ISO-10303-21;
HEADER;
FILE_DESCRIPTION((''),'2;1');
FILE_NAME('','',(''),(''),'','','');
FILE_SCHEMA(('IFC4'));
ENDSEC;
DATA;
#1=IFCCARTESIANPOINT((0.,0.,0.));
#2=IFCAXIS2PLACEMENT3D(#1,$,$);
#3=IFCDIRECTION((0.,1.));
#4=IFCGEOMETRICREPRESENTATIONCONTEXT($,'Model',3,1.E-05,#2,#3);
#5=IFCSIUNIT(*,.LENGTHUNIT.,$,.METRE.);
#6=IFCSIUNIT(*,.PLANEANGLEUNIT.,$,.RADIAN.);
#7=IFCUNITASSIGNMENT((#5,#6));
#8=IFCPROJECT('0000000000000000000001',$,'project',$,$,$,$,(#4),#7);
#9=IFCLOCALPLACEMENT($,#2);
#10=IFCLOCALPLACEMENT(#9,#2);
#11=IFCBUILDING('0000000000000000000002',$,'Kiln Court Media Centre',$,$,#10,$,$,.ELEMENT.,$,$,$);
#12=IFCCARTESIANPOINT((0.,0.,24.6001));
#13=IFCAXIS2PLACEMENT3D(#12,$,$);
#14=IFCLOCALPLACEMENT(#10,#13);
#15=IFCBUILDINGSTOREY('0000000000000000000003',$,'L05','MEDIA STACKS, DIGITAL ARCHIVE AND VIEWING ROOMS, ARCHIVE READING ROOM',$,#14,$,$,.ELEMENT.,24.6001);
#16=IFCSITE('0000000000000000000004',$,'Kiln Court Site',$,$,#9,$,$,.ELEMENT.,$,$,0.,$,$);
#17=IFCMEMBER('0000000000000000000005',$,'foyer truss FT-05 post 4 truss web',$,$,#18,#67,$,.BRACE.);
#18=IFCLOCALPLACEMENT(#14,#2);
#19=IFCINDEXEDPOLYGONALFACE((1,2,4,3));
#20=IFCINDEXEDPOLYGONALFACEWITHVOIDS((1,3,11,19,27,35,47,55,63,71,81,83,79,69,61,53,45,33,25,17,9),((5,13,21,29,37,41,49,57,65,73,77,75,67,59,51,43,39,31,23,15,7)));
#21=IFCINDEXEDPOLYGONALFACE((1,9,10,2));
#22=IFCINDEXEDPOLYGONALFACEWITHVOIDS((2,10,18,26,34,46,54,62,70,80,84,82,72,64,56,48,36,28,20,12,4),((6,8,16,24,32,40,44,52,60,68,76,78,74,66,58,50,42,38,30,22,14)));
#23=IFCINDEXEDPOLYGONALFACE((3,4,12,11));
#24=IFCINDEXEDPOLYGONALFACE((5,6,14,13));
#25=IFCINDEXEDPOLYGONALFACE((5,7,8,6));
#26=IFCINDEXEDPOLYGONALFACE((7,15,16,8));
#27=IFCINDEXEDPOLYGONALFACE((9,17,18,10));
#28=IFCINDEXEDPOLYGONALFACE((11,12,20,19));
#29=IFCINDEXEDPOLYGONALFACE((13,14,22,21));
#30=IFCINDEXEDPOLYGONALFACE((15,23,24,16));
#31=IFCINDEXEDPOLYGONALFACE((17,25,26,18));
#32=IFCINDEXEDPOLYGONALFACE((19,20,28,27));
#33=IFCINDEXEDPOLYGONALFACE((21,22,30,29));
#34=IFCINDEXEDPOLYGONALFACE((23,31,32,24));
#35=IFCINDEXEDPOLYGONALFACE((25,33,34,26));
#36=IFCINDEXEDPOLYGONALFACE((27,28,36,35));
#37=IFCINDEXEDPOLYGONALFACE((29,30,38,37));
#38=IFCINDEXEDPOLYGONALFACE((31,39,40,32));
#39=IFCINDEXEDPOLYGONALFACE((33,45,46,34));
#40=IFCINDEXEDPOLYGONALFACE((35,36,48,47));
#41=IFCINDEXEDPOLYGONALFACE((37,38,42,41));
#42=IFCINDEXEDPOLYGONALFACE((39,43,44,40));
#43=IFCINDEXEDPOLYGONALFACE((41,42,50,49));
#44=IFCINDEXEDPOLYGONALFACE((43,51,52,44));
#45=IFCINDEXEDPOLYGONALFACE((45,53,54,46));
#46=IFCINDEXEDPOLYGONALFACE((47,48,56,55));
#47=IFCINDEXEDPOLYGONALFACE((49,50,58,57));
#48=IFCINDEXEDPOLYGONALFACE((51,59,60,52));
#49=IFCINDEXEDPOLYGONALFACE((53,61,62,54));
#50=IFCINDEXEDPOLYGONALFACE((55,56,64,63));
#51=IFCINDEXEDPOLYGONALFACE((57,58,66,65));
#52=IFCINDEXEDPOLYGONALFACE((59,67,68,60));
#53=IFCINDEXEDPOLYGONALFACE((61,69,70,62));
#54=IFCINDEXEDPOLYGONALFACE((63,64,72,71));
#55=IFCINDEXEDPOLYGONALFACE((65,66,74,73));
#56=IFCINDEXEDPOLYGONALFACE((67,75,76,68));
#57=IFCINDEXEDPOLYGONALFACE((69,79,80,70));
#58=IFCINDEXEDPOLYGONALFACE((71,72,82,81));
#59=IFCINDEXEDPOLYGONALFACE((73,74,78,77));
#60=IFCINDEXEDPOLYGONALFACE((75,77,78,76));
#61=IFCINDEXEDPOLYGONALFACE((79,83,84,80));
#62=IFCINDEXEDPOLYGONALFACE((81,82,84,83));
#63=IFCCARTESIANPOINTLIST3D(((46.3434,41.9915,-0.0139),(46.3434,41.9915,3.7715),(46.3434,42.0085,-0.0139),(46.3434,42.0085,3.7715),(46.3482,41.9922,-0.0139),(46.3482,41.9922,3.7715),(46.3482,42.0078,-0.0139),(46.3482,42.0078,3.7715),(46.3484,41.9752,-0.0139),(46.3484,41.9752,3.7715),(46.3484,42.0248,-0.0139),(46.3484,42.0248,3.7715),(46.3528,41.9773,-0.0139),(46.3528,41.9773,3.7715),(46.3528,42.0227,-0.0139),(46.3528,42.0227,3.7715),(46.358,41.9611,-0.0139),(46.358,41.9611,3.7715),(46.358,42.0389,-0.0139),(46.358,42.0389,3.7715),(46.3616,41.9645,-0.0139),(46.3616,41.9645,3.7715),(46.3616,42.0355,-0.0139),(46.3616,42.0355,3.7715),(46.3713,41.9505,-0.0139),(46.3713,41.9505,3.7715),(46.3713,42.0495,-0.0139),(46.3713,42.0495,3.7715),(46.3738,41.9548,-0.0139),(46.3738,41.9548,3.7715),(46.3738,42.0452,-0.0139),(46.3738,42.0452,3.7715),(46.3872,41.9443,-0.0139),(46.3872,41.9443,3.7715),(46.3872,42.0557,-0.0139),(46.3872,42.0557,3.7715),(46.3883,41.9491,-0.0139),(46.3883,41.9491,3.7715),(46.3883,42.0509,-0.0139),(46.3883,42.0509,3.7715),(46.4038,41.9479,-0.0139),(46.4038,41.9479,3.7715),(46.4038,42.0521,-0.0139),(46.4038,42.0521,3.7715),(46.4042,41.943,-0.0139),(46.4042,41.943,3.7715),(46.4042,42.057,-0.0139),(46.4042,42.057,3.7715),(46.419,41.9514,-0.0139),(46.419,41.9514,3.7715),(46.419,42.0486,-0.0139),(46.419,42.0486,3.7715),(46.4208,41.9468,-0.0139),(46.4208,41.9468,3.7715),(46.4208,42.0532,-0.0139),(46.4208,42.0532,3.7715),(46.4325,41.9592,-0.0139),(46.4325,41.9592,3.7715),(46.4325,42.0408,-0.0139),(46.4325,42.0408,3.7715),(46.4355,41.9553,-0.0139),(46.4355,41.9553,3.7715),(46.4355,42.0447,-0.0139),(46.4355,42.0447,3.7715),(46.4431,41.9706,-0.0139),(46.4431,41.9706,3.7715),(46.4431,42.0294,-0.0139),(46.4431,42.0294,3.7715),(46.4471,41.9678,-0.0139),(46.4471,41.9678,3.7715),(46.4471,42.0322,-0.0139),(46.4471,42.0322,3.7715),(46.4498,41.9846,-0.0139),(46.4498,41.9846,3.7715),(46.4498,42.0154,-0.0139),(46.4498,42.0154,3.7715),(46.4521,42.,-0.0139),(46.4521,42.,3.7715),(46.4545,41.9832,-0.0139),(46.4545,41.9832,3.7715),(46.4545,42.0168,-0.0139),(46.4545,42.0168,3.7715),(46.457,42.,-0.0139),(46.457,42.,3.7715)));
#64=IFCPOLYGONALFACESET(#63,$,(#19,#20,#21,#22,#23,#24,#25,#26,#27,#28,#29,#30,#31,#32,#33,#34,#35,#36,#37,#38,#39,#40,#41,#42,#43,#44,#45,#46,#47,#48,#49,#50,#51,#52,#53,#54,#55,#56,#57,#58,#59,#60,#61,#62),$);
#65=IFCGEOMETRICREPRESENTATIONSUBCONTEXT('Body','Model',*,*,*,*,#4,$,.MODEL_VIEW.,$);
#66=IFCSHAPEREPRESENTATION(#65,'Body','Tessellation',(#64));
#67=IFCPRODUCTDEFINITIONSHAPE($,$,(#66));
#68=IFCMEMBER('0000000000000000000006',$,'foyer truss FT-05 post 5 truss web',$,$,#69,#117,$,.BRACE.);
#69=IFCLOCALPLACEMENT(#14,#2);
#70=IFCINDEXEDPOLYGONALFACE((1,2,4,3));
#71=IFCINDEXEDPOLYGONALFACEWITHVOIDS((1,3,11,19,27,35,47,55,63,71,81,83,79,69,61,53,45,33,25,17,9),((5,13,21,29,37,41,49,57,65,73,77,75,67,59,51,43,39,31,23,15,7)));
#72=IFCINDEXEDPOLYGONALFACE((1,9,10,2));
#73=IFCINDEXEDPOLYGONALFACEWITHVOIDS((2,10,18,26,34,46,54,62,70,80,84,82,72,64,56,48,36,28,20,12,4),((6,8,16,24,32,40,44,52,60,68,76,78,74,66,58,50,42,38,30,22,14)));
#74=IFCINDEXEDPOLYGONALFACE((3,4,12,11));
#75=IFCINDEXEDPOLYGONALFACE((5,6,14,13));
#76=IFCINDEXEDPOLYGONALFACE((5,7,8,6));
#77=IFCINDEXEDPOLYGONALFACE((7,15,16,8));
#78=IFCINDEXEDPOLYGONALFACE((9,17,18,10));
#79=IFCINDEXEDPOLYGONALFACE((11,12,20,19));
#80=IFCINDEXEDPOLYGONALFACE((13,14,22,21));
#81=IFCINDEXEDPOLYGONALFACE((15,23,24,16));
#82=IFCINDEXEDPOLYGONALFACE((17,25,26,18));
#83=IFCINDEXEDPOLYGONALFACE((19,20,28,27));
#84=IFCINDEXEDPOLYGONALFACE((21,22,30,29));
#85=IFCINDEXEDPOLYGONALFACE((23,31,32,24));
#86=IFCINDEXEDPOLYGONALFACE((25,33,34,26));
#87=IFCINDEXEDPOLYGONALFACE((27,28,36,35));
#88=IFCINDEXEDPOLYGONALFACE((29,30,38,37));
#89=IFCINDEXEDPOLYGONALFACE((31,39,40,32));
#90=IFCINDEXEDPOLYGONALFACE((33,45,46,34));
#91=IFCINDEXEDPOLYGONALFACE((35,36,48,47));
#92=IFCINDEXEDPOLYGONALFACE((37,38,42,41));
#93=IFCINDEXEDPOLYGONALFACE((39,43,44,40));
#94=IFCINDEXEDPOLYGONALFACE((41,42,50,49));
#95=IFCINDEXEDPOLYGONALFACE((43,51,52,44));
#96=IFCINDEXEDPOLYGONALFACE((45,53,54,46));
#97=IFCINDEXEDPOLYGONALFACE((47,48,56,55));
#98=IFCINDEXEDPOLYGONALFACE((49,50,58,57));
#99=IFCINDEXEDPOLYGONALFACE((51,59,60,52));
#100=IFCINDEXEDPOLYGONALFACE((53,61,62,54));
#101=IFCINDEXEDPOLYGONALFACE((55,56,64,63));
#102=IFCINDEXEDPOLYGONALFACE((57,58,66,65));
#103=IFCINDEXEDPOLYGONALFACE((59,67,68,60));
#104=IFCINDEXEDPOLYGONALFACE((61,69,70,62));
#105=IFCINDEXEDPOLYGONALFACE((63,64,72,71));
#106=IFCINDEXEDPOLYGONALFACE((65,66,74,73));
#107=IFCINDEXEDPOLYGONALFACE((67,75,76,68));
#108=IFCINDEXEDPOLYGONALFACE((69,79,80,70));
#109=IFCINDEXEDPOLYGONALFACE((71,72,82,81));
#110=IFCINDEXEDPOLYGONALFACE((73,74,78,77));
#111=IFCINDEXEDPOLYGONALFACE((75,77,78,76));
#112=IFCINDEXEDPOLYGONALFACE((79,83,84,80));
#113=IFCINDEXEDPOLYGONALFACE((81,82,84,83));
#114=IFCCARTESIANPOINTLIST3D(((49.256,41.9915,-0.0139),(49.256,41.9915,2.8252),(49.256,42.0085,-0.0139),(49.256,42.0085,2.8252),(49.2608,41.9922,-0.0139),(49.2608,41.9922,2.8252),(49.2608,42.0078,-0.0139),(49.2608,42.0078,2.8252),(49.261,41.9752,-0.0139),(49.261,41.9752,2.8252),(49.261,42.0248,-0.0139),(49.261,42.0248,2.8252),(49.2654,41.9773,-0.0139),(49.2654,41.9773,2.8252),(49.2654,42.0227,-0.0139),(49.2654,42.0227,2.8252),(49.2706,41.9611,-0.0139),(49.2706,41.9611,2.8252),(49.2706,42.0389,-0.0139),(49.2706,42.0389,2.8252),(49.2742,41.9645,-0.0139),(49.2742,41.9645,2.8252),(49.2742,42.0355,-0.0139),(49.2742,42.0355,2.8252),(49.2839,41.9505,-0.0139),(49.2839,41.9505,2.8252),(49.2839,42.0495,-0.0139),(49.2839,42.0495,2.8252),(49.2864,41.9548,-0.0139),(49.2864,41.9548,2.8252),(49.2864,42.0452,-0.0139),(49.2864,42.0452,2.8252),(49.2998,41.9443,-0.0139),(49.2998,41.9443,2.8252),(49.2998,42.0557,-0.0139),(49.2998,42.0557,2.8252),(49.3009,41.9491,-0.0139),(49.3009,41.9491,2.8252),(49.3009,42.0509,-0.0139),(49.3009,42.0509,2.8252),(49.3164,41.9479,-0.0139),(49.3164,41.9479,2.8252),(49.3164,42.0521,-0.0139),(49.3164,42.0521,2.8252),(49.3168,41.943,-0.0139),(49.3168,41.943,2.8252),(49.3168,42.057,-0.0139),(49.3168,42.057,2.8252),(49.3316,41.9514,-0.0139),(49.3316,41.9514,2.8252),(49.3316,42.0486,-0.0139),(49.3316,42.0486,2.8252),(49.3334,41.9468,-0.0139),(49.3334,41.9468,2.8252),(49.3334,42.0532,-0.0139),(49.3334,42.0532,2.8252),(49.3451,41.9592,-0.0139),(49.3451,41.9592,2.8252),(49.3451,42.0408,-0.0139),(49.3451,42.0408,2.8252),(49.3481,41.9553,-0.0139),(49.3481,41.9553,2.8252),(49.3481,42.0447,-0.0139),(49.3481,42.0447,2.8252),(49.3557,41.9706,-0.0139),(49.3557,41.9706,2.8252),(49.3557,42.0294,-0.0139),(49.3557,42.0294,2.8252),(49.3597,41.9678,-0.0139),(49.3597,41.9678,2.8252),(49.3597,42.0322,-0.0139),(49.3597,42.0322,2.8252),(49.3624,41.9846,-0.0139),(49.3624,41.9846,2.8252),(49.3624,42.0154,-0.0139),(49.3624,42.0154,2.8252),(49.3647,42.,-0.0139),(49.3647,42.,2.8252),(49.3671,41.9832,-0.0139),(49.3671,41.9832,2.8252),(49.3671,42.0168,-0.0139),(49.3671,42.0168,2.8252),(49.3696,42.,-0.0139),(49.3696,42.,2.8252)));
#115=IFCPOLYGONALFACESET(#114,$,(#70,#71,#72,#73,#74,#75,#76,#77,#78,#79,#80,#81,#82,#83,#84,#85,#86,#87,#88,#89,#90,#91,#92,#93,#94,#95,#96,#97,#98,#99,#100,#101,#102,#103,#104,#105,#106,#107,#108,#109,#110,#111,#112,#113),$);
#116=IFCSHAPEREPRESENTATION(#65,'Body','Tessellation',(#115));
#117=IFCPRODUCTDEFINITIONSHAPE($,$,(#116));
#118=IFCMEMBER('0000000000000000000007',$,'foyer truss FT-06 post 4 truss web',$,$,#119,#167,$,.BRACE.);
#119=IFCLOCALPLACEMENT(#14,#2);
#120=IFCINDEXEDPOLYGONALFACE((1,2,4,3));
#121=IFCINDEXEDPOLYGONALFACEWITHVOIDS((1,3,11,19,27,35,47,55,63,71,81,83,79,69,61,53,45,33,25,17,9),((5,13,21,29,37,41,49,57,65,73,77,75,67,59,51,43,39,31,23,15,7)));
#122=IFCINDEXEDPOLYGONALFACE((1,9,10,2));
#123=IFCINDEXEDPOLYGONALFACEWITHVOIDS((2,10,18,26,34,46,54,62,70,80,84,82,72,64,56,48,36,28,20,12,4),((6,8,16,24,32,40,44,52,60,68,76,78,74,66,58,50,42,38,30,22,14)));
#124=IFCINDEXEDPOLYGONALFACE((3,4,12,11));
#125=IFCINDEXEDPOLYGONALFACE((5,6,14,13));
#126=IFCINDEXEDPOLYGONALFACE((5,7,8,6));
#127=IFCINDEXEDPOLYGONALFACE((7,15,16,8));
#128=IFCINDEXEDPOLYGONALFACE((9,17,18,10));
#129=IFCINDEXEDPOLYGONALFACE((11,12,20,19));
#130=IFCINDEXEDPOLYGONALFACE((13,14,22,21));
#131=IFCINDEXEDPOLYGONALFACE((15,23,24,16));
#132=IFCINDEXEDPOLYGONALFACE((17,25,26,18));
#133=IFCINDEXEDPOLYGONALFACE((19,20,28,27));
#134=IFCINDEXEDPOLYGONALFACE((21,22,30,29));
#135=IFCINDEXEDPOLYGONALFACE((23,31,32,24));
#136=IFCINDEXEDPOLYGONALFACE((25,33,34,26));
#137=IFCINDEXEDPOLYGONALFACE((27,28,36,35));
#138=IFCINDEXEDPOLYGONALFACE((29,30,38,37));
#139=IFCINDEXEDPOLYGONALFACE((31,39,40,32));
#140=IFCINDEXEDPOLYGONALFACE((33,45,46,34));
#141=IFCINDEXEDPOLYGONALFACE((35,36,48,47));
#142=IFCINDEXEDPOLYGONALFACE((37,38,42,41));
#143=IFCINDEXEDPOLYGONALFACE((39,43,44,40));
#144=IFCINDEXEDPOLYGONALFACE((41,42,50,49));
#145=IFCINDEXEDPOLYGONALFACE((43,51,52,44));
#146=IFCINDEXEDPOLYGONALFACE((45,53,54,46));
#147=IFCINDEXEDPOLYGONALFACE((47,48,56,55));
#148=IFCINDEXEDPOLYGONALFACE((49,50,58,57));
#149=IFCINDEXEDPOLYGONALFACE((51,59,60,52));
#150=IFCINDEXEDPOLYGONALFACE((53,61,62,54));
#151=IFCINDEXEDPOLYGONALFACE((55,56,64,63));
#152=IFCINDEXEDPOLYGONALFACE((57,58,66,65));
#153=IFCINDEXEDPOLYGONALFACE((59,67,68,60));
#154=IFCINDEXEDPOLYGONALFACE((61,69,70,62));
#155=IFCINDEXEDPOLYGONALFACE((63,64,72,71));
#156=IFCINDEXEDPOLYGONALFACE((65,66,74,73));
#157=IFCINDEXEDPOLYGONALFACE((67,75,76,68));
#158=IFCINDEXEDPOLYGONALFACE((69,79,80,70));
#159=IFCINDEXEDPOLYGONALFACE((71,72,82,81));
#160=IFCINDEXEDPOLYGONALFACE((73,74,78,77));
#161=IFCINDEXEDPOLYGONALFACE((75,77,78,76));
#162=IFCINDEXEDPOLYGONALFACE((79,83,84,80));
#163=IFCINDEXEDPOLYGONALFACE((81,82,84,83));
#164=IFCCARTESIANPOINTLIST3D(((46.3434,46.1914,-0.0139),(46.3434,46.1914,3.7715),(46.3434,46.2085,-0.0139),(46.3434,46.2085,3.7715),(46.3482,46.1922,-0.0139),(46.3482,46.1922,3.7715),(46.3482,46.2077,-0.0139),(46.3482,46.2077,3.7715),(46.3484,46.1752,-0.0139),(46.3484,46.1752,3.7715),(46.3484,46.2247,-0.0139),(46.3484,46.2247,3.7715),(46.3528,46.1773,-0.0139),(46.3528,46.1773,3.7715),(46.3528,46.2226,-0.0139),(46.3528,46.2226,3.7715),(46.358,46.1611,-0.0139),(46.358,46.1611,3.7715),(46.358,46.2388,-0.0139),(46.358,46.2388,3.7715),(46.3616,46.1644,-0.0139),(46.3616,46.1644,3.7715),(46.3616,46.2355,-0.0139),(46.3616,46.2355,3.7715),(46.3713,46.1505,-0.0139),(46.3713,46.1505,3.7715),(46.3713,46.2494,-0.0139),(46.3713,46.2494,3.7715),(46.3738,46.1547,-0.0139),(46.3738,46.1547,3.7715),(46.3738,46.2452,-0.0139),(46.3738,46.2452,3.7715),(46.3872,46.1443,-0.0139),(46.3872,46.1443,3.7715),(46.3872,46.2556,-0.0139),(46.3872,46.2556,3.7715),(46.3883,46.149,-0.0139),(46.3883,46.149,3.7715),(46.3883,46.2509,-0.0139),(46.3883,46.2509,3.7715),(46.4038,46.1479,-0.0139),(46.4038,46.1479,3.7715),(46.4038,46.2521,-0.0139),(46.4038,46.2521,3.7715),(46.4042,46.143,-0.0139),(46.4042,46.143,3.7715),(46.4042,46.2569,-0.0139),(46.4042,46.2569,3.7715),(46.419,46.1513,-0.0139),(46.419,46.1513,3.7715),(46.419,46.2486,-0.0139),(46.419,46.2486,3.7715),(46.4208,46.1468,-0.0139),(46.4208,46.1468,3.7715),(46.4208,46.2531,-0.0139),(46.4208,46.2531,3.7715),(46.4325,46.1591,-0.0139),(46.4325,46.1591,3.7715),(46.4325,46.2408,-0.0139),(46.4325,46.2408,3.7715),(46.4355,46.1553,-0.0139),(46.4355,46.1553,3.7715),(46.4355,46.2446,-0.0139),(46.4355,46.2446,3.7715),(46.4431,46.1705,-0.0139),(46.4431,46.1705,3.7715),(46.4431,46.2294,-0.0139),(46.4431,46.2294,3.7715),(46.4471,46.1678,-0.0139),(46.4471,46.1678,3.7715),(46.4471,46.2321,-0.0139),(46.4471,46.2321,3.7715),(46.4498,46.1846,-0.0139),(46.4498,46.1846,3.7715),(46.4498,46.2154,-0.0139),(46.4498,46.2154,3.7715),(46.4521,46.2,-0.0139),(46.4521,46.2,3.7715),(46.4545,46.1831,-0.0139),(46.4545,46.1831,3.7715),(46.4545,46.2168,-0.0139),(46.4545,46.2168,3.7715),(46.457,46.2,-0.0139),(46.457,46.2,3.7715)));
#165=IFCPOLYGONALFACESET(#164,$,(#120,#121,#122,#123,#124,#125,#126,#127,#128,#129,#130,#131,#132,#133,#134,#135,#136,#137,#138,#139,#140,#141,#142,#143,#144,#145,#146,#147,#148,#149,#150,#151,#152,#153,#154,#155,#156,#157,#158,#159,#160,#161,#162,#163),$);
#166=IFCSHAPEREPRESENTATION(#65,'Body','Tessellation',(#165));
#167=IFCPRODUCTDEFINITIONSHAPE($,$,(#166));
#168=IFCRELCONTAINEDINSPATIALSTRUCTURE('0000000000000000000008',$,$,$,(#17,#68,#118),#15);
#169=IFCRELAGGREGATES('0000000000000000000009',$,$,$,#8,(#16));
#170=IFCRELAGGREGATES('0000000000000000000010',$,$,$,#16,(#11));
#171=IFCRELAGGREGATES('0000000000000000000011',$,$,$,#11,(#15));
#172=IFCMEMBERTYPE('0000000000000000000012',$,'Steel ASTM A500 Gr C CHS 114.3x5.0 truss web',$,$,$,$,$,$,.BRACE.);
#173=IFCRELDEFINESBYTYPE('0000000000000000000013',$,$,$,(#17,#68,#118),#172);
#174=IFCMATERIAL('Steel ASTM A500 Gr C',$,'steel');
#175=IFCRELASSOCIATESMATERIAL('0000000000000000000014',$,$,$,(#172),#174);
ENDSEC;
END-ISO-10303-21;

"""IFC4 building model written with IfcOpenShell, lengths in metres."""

from ifc_helpers import new_model, si_unit, direction, frame, origin, origin_2d, place, context, subcontext, project, spatial, hollow_circle, extrude, material, material_profile, profile_set, type_object, element, save


model = new_model("IFC4")

# Units and contexts
model_context = context("Model", 3, precision=1e-05, world=origin(), true_north=direction((0.0, 1.0)))
body_context = subcontext(model_context, "Body", "Model", "MODEL_VIEW")
ifc_project = project(units=[si_unit("LENGTHUNIT", "METRE"), si_unit("PLANEANGLEUNIT", "RADIAN")], contexts=[model_context])

# Site, building, storey
site_placement = place(None, origin())
site = spatial("IfcSite", under=ifc_project, at=site_placement, Name="Kiln Court Site", CompositionType="ELEMENT", RefElevation=0.0)
building_placement = place(site_placement, origin())
building = spatial("IfcBuilding", under=site, at=building_placement, Name="Kiln Court Media Centre", CompositionType="ELEMENT")
storey_placement = place(building_placement, frame((0.0, 0.0, 24.6001)))
storey = spatial("IfcBuildingStorey", under=building, at=storey_placement, Name="L05", Description="MEDIA STACKS, DIGITAL ARCHIVE AND VIEWING ROOMS, ARCHIVE READING ROOM", CompositionType="ELEMENT", Elevation=24.6001)

# Members
ifc_material_1 = material(Name="Steel ASTM A500 Gr C", Category="steel")
ifc_material_profile_1 = material_profile(ifc_material_1, hollow_circle(Radius=0.0571, WallThickness=0.0049, at=origin_2d()), Name="CHS 114.3x5.0")
ifc_profile_set_1 = profile_set([ifc_material_profile_1], Name="Steel ASTM A500 Gr C")
member_type_1 = type_object("IfcMemberType", Name="Steel ASTM A500 Gr C CHS 114.3x5.0 truss web", PredefinedType="BRACE", material=ifc_profile_set_1)
member_1_placement = place(storey_placement, frame((46.3999, 42.0, -0.0139), z_axis=(0.0, 0.0, 1.0), x_axis=(1.0, 0.0, 0.0)))
element("IfcMember", 1, at=member_1_placement, inside=storey, type_object=member_type_1, Name="foyer truss FT-05 post 4 truss web", PredefinedType="BRACE", context=body_context, shape_type="SweptSolid", body=[
    extrude(hollow_circle(Radius=0.0571, WallThickness=0.0049, at=origin_2d()), origin(), (0.0, 0.0, 1.0), 3.7854),
])
member_2_placement = place(storey_placement, frame((49.3125, 42.0, -0.0139), z_axis=(0.0, 0.0, 1.0), x_axis=(1.0, 0.0, 0.0)))
element("IfcMember", 2, at=member_2_placement, inside=storey, type_object=member_type_1, Name="foyer truss FT-05 post 5 truss web", PredefinedType="BRACE", context=body_context, shape_type="SweptSolid", body=[
    extrude(hollow_circle(Radius=0.0571, WallThickness=0.0049, at=origin_2d()), origin(), (0.0, 0.0, 1.0), 2.8391),
])
member_3_placement = place(storey_placement, frame((46.3999, 46.2, -0.0139), z_axis=(0.0, 0.0, 1.0), x_axis=(1.0, 0.0, 0.0)))
element("IfcMember", 3, at=member_3_placement, inside=storey, type_object=member_type_1, Name="foyer truss FT-06 post 4 truss web", PredefinedType="BRACE", context=body_context, shape_type="SweptSolid", body=[
    extrude(hollow_circle(Radius=0.0571, WallThickness=0.0049, at=origin_2d()), origin(), (0.0, 0.0, 1.0), 3.7854),
])

save(model, "model.ifc")
